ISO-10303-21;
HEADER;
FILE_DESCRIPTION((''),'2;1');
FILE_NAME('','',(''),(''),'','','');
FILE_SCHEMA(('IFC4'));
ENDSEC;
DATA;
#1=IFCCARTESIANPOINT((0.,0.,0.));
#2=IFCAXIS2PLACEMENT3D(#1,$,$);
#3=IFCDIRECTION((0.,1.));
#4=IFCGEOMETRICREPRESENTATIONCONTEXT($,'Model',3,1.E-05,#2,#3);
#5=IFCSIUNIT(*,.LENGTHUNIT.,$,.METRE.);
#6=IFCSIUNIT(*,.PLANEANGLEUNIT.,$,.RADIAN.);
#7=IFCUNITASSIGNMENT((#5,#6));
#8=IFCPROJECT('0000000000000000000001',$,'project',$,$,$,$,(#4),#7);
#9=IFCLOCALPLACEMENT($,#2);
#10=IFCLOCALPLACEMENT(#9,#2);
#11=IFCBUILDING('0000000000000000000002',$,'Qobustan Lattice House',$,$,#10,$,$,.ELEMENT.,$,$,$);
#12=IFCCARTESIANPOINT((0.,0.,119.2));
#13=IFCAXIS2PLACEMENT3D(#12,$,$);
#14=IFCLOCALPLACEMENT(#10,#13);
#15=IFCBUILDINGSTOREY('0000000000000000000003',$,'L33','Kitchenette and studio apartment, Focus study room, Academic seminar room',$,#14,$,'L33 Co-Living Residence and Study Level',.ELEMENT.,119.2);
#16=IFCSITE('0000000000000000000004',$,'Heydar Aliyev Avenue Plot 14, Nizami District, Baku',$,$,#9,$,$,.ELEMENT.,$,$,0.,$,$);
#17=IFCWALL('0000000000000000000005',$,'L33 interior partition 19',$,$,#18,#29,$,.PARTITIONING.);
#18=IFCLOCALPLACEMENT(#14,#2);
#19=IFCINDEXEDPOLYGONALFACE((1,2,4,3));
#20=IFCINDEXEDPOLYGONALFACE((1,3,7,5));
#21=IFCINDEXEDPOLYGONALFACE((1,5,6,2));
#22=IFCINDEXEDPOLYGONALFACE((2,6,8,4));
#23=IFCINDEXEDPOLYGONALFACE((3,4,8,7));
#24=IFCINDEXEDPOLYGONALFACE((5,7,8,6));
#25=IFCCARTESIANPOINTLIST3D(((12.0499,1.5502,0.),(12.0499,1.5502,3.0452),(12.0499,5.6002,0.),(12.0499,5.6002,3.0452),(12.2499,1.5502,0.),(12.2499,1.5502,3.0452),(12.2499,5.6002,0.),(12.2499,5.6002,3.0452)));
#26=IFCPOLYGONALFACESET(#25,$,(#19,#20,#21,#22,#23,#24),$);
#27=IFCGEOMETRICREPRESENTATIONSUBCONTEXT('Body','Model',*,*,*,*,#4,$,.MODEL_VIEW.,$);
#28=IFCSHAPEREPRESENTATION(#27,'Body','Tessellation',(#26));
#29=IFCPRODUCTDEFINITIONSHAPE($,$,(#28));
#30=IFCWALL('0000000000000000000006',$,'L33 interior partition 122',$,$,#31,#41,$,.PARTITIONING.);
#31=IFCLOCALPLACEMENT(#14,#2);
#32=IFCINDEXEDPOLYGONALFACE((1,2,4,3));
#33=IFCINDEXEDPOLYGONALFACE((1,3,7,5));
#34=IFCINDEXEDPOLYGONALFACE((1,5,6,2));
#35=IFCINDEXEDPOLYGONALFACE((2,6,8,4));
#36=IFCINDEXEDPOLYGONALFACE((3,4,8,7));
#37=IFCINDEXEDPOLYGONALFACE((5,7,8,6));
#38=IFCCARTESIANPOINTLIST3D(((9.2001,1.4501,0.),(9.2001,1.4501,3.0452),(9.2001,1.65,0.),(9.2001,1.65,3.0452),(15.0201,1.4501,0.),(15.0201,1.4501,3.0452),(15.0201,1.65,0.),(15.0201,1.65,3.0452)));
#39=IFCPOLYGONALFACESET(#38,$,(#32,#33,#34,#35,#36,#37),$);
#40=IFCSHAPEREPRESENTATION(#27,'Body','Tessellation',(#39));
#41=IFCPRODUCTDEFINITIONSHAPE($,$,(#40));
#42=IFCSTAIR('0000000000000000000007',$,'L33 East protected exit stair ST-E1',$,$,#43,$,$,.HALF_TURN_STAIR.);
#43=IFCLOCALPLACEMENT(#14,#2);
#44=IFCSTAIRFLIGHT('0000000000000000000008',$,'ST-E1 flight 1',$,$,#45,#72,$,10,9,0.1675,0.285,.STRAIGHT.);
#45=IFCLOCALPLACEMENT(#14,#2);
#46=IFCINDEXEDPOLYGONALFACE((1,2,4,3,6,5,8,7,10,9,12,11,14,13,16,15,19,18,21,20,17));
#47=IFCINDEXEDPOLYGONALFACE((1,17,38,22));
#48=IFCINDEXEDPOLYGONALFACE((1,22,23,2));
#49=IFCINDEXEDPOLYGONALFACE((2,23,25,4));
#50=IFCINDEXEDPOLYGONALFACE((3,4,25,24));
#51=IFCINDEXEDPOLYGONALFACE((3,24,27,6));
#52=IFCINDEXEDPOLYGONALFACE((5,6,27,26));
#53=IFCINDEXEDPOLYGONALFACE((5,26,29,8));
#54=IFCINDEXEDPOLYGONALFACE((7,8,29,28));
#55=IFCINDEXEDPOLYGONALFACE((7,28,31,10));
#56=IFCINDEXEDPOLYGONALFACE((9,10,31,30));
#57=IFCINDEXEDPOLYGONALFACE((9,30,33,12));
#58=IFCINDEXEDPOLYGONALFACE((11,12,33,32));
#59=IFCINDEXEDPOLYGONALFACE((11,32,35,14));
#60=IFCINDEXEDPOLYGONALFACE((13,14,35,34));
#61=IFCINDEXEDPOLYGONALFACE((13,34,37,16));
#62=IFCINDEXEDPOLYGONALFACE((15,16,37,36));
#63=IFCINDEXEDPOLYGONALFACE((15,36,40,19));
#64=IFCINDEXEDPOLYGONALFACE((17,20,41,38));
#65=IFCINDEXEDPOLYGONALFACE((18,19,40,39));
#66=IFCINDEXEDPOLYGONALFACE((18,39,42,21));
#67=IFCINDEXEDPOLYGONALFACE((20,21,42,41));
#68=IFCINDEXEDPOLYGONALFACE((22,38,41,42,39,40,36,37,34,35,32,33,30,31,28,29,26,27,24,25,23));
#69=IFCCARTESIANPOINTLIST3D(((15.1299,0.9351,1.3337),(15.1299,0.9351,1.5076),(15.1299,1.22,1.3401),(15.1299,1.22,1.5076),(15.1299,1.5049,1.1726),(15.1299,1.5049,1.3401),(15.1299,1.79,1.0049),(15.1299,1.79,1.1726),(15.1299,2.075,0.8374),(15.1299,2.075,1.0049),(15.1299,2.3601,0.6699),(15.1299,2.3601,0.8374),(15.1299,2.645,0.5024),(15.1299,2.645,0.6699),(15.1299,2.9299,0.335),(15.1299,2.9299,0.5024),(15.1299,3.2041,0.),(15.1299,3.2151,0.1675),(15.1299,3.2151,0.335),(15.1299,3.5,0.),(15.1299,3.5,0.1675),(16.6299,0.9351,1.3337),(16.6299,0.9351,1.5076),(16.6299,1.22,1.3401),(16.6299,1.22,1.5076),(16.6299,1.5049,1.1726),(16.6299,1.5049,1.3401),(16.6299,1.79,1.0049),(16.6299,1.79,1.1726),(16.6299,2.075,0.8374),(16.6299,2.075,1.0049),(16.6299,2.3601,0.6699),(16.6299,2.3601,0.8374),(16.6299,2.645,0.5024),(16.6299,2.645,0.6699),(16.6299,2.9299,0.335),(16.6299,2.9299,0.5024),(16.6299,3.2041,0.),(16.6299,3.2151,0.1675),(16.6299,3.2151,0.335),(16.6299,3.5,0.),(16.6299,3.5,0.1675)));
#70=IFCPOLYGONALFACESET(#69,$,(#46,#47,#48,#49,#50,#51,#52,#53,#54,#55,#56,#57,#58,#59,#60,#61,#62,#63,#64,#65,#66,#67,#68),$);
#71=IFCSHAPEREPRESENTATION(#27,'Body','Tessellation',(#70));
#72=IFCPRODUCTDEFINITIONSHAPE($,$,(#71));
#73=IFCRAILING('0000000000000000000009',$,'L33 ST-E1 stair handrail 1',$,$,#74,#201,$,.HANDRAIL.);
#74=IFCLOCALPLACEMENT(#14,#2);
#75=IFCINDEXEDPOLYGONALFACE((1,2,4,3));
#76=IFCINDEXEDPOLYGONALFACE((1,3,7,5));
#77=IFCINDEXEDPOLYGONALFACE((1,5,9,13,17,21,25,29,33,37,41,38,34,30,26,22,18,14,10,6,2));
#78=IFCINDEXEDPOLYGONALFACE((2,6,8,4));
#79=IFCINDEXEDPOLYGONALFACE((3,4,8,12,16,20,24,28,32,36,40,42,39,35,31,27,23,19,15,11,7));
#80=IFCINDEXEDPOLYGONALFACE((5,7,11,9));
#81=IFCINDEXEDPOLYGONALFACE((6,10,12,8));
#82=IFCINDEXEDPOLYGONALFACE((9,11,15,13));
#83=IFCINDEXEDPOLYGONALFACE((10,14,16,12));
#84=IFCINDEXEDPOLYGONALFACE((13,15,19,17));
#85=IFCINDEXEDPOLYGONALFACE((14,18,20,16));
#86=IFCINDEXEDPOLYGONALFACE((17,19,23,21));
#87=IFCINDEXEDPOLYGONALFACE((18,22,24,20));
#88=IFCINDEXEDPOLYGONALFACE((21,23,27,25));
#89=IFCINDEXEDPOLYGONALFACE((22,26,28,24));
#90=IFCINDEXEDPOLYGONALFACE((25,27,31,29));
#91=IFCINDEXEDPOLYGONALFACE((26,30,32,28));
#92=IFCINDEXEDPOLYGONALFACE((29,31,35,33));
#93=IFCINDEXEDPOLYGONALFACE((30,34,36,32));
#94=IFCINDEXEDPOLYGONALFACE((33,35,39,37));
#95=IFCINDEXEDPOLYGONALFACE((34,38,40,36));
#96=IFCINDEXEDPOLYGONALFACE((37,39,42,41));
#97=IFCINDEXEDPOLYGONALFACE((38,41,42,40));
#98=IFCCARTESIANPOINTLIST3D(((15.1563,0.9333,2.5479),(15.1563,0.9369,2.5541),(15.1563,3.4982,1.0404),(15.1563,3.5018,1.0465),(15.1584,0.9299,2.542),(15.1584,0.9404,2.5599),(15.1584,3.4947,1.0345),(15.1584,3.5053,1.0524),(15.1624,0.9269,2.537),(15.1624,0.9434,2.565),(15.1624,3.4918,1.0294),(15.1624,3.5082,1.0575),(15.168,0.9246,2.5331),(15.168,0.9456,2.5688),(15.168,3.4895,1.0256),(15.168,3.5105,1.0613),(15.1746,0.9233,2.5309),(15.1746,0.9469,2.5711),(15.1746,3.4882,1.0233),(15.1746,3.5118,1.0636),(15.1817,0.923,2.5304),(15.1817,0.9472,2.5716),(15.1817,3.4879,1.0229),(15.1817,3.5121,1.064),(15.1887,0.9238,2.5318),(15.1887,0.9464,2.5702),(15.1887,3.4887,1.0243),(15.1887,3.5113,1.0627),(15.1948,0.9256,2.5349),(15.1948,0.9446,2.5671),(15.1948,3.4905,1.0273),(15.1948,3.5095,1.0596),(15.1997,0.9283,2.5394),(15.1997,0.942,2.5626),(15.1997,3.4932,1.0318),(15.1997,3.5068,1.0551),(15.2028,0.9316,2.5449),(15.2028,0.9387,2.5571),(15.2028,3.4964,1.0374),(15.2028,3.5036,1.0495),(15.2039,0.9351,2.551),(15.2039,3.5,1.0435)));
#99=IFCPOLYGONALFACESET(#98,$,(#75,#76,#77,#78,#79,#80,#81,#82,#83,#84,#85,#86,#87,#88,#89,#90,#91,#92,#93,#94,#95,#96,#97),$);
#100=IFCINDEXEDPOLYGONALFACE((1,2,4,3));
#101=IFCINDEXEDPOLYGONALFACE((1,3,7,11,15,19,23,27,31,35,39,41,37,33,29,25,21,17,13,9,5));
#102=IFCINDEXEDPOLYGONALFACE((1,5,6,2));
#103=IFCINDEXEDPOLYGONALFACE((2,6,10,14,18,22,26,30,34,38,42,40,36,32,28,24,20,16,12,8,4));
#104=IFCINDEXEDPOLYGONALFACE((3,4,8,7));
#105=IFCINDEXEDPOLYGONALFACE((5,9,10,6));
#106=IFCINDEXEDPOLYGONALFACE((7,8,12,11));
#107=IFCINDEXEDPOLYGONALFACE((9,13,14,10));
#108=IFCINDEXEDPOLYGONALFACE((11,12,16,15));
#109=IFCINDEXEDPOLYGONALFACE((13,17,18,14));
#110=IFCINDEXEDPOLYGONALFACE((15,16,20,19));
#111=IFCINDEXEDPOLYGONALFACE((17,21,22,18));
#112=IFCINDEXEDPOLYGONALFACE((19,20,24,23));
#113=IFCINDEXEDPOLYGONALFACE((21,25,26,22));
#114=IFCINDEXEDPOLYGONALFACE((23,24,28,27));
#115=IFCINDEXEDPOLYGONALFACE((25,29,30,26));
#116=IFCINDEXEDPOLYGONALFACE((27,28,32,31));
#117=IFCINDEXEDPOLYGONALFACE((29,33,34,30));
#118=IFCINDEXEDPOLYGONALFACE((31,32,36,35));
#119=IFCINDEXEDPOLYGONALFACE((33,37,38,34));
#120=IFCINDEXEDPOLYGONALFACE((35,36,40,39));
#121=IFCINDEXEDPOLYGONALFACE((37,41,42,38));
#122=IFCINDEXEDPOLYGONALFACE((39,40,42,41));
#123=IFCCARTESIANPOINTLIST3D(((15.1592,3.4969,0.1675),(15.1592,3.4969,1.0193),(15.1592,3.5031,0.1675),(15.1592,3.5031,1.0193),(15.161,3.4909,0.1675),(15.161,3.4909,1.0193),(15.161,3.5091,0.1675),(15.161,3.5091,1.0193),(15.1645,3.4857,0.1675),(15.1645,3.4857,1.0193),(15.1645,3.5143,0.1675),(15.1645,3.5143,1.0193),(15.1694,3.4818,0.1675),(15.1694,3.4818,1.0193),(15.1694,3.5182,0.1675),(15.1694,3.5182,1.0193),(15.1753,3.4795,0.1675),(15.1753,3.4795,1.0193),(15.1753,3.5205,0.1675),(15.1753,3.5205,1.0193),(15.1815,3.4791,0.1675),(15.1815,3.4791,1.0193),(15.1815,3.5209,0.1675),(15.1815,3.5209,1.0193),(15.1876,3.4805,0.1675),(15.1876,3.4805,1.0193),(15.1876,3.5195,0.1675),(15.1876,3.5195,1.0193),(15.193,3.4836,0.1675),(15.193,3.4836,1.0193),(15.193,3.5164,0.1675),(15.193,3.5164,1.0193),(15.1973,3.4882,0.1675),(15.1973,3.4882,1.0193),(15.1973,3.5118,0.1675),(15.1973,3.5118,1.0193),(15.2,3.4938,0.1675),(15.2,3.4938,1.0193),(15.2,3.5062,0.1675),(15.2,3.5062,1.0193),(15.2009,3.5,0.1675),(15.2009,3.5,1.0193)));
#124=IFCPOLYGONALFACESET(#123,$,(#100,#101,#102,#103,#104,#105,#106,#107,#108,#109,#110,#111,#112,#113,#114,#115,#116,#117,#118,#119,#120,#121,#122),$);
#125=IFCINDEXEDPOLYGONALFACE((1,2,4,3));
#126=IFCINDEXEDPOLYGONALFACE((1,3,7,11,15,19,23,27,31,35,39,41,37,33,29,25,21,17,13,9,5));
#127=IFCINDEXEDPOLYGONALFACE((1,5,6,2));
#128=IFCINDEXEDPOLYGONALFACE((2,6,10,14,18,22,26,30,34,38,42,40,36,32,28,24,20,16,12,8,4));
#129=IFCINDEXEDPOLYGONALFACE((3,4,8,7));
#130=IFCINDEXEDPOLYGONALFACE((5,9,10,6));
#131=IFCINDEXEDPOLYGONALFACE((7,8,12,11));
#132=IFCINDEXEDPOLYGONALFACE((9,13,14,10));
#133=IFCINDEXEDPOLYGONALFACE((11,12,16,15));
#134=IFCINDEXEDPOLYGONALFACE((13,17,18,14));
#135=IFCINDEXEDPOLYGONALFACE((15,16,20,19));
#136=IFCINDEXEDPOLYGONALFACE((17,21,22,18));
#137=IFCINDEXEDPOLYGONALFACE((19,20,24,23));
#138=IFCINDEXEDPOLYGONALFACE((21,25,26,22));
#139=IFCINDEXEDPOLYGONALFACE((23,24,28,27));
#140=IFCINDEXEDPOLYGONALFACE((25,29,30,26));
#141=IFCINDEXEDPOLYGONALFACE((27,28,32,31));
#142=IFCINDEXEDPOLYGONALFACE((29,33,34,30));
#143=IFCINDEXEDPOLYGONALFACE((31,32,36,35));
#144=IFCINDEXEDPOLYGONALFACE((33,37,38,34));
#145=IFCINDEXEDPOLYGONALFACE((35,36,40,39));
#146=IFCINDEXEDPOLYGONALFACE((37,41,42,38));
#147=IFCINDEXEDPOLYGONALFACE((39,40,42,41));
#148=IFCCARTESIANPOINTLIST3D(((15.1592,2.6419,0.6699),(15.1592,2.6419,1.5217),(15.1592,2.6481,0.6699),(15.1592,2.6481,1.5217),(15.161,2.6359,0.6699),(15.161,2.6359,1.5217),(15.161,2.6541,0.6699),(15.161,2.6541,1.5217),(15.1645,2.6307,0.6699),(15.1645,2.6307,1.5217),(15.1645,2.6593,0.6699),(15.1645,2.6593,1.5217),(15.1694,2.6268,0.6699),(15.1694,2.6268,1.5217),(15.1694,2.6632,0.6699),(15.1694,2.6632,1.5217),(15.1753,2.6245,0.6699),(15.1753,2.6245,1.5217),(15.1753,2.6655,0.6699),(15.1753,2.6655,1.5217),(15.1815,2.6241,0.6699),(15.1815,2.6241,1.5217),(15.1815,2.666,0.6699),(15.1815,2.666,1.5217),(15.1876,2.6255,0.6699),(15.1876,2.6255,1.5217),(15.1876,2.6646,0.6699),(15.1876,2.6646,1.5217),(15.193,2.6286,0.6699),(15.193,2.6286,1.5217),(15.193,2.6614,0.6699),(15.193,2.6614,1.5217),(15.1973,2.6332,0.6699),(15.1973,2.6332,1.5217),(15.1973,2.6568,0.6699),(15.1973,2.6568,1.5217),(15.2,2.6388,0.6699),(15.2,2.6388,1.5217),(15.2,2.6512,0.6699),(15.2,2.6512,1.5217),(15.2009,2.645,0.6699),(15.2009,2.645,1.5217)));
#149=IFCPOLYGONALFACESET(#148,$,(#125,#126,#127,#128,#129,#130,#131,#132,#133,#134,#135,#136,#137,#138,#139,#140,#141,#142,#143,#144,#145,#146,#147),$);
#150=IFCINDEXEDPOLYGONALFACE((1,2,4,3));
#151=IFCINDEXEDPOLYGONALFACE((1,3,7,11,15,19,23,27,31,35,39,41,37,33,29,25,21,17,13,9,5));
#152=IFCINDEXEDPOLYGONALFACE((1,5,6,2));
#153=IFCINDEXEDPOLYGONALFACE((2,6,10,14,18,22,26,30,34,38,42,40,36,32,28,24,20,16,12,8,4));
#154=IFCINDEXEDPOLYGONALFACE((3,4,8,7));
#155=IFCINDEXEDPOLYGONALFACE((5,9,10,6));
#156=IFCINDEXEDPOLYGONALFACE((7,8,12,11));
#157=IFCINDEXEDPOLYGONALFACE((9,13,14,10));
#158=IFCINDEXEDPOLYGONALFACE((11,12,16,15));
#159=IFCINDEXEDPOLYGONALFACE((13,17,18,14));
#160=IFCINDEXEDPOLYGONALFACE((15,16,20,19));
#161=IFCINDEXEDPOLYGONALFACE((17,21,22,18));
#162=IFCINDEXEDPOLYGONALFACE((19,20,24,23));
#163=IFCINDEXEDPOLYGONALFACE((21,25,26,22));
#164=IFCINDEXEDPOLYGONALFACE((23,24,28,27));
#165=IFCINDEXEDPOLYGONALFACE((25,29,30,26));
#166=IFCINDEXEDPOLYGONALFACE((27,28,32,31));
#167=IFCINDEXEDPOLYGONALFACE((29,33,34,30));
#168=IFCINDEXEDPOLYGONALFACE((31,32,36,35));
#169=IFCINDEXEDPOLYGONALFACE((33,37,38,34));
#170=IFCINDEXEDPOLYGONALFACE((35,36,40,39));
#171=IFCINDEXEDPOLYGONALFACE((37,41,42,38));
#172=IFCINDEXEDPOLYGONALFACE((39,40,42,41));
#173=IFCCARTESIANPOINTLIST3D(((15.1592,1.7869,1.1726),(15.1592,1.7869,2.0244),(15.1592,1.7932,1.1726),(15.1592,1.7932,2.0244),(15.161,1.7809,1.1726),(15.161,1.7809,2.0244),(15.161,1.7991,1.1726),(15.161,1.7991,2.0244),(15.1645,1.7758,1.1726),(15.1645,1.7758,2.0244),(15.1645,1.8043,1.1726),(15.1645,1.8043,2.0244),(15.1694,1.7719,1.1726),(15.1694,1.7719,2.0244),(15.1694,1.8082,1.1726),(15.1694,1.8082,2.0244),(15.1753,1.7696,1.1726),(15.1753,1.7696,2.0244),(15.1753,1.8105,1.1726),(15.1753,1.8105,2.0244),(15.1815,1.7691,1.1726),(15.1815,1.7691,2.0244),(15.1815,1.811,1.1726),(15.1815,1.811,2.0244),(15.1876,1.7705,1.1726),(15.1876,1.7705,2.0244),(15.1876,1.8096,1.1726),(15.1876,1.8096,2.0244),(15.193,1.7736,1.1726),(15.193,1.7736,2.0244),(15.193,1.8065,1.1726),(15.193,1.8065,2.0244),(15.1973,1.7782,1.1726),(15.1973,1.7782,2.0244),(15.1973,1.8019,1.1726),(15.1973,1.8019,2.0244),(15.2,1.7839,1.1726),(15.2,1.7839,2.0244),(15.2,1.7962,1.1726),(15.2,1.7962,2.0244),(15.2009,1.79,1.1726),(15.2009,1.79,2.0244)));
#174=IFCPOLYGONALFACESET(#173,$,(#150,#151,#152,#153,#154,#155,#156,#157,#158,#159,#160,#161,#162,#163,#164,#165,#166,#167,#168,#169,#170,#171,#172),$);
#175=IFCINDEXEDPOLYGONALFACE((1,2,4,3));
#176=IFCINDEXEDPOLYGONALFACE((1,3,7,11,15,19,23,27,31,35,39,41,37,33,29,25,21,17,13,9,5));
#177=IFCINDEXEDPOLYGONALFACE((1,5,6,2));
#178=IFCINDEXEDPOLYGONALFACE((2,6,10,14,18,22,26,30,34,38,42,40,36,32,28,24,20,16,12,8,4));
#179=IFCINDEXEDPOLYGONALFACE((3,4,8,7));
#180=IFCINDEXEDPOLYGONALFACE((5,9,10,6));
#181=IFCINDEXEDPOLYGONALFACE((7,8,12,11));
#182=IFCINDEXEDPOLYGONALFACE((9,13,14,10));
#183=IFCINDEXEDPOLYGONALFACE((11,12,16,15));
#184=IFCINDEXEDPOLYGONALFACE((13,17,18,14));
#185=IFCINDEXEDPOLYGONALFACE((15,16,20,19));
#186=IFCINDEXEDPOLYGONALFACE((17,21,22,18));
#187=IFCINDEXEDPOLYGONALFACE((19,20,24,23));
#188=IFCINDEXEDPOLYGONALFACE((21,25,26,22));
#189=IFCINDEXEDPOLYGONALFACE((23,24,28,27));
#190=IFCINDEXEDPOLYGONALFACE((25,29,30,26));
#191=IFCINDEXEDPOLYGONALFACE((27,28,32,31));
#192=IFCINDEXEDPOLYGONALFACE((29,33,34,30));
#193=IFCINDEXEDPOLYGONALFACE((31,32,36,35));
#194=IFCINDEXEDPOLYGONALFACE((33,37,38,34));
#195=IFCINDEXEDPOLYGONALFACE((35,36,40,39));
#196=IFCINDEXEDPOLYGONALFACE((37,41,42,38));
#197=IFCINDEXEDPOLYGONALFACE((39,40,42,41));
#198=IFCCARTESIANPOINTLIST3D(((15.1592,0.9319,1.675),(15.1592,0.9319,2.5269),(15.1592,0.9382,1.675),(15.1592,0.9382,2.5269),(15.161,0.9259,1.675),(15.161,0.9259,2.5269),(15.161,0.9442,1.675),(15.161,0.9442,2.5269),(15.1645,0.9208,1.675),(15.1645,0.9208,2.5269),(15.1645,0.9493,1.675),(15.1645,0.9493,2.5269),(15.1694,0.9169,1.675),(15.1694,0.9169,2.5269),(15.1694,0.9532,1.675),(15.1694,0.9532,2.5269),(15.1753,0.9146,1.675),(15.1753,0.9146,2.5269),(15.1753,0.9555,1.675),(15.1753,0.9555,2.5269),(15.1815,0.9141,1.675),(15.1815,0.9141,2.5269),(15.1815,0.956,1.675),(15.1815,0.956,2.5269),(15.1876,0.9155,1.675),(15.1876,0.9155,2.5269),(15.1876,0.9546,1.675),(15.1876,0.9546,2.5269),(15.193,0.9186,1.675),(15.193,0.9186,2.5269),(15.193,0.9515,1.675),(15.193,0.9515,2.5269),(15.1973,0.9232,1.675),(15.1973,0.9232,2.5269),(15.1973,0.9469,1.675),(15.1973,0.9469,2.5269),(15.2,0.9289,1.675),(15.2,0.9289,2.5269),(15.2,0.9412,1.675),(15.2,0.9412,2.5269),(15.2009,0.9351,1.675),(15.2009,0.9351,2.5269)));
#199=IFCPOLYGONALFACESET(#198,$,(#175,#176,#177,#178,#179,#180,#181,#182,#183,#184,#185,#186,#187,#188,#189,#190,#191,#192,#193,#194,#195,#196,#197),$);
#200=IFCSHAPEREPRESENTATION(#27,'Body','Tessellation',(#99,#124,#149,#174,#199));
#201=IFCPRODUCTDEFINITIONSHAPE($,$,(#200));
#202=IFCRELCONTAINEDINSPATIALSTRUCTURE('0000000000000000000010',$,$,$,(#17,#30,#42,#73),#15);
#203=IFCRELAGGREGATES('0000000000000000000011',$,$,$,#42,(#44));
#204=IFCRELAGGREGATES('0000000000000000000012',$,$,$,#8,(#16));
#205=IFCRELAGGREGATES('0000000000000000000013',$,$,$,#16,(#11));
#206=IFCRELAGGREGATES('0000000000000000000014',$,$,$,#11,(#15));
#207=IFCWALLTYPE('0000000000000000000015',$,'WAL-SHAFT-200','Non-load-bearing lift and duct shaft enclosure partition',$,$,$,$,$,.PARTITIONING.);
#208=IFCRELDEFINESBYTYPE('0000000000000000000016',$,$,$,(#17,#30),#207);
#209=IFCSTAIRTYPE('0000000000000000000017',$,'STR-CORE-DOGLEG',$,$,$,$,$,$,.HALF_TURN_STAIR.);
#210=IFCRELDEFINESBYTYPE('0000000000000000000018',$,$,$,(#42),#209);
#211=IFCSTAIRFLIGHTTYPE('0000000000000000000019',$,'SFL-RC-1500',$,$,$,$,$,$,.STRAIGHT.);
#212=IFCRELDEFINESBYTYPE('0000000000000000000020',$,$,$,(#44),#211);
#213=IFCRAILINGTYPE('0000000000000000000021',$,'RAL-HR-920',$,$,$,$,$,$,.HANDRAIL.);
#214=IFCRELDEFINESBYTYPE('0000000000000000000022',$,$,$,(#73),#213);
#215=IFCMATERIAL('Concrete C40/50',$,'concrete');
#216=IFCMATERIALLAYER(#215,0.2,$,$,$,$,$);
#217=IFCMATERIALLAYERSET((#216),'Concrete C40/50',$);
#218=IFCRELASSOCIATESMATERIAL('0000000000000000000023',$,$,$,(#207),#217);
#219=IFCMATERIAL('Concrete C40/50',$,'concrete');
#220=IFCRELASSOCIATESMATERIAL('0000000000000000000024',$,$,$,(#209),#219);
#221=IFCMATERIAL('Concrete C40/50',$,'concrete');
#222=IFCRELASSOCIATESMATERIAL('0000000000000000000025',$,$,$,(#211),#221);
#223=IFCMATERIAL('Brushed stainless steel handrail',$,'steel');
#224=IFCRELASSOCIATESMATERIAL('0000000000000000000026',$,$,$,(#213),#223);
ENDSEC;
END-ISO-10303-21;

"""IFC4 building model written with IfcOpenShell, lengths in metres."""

from ifc_helpers import new_model, si_unit, direction, frame, frame_2d, origin, origin_2d, place, context, subcontext, project, spatial, polyline, rectangle, circle, outline, extrude, material, layer, layer_set, type_object, element, aggregate, save


model = new_model("IFC4")

# Units and contexts
model_context = context("Model", 3, precision=1e-05, world=origin(), true_north=direction((0.0, 1.0)))
body_context = subcontext(model_context, "Body", "Model", "MODEL_VIEW")
ifc_project = project(units=[si_unit("LENGTHUNIT", "METRE"), si_unit("PLANEANGLEUNIT", "RADIAN")], contexts=[model_context])

# Site, building, storey
site_placement = place(None, origin())
site = spatial("IfcSite", under=ifc_project, at=site_placement, Name="Heydar Aliyev Avenue Plot 14, Nizami District, Baku", CompositionType="ELEMENT", RefElevation=0.0)
building_placement = place(site_placement, origin())
building = spatial("IfcBuilding", under=site, at=building_placement, Name="Qobustan Lattice House", CompositionType="ELEMENT")
storey_placement = place(building_placement, frame((0.0, 0.0, 119.2)))
storey = spatial("IfcBuildingStorey", under=building, at=storey_placement, Name="L33", Description="Kitchenette and studio apartment, Focus study room, Academic seminar room", LongName="L33 Co-Living Residence and Study Level", CompositionType="ELEMENT", Elevation=119.2)

# Walls
ifc_material_1 = material(Name="Concrete C40/50", Category="concrete")
ifc_layer_1 = layer(ifc_material_1, 0.2)
ifc_layer_set_1 = layer_set([ifc_layer_1], Name="Concrete C40/50")
wall_type_1 = type_object("IfcWallType", Name="WAL-SHAFT-200", Description="Non-load-bearing lift and duct shaft enclosure partition", PredefinedType="PARTITIONING", material=ifc_layer_set_1)
wall_1_placement = place(storey_placement, frame((12.1499, 5.6001, 0.0), z_axis=(0.0, 0.0, 1.0), x_axis=(0.0, -1.0, 0.0)))
element("IfcWall", 1, at=wall_1_placement, inside=storey, type_object=wall_type_1, Name="L33 interior partition 19", PredefinedType="PARTITIONING", context=body_context, shape_type="SweptSolid", body=[
    extrude(rectangle(XDim=4.05, YDim=0.2, at=frame_2d((2.0249, 0.0))), origin(), (0.0, 0.0, 1.0), 3.0452),
])
wall_2_placement = place(storey_placement, frame((9.2, 1.55, 0.0), z_axis=(0.0, 0.0, 1.0), x_axis=(1.0, 0.0, 0.0)))
element("IfcWall", 2, at=wall_2_placement, inside=storey, type_object=wall_type_1, Name="L33 interior partition 122", PredefinedType="PARTITIONING", context=body_context, shape_type="SweptSolid", body=[
    extrude(rectangle(XDim=5.8201, YDim=0.2, at=frame_2d((2.9102, 0.0))), origin(), (0.0, 0.0, 1.0), 3.0452),
])

# Stair, stair flight
ifc_material_2 = material(Name="Concrete C40/50", Category="concrete")
stair_type = type_object("IfcStairType", Name="STR-CORE-DOGLEG", PredefinedType="HALF_TURN_STAIR", material=ifc_material_2)
stair_placement = place(storey_placement, origin())
stair = element("IfcStair", 3, at=stair_placement, inside=storey, type_object=stair_type, Name="L33 East protected exit stair ST-E1", PredefinedType="HALF_TURN_STAIR")
ifc_material_3 = material(Name="Concrete C40/50", Category="concrete")
stair_flight_type = type_object("IfcStairFlightType", Name="SFL-RC-1500", PredefinedType="STRAIGHT", material=ifc_material_3)
stair_flight_placement = place(storey_placement, frame((15.8799, 3.5, 0.0), z_axis=(0.0, 0.0, 1.0), x_axis=(0.0, -1.0, 0.0)))
stair_flight = element("IfcStairFlight", 4, at=stair_flight_placement, type_object=stair_flight_type, Name="ST-E1 flight 1", NumberOfRisers=10, NumberOfTreads=9, PredefinedType="STRAIGHT", RiserHeight=0.1675, TreadLength=0.285, context=body_context, shape_type="SweptSolid", body=[
    extrude(outline(polyline([(0.0, 0.0), (0.0, 0.1675), (0.2849, 0.1675), (0.2849, 0.335), (0.5701, 0.335), (0.5701, 0.5024), (0.855, 0.5024), (0.855, 0.6699), (1.1399, 0.6699), (1.1399, 0.8374), (1.425, 0.8374), (1.425, 1.0049), (1.71, 1.0049), (1.71, 1.1726), (1.9951, 1.1726), (1.9951, 1.3401), (2.28, 1.3401), (2.28, 1.5076), (2.5649, 1.5076), (2.5649, 1.675), (2.5649, 1.3337), (0.2959, 0.0), (0.0, 0.0)])), frame((0.0, 0.75, 0.0), z_axis=(0.0, -1.0, 0.0), x_axis=(1.0, 0.0, 0.0)), (0.0, 0.0, 1.0), 1.5),
])
aggregate(stair, [stair_flight])

# Railing
ifc_material_4 = material(Name="Brushed stainless steel handrail", Category="steel")
railing_type_1 = type_object("IfcRailingType", Name="RAL-HR-920", PredefinedType="HANDRAIL", material=ifc_material_4)
railing_1_placement = place(storey_placement, frame((15.1799, 3.5, 0.1675)))
element("IfcRailing", 5, at=railing_1_placement, inside=storey, type_object=railing_type_1, Name="L33 ST-E1 stair handrail 1", PredefinedType="HANDRAIL", context=body_context, shape_type="SweptSolid", body=[
    extrude(circle(Radius=0.0239, at=origin_2d()), frame((0.0, 0.0, 0.876), z_axis=(0.0, -0.862113, 0.506715), x_axis=(1.0, 0.0, 0.0)), (0.0, 0.0, 1.0), 2.9751),
    extrude(circle(Radius=0.021, at=origin_2d()), origin(), (0.0, 0.0, 1.0), 0.8518),
    extrude(circle(Radius=0.021, at=origin_2d()), frame((0.0, -0.855, 0.5024)), (0.0, 0.0, 1.0), 0.8518),
    extrude(circle(Radius=0.021, at=origin_2d()), frame((0.0, -1.71, 1.0051)), (0.0, 0.0, 1.0), 0.8518),
    extrude(circle(Radius=0.021, at=origin_2d()), frame((0.0, -2.5649, 1.5076)), (0.0, 0.0, 1.0), 0.8518),
])

save(model, "model.ifc")
